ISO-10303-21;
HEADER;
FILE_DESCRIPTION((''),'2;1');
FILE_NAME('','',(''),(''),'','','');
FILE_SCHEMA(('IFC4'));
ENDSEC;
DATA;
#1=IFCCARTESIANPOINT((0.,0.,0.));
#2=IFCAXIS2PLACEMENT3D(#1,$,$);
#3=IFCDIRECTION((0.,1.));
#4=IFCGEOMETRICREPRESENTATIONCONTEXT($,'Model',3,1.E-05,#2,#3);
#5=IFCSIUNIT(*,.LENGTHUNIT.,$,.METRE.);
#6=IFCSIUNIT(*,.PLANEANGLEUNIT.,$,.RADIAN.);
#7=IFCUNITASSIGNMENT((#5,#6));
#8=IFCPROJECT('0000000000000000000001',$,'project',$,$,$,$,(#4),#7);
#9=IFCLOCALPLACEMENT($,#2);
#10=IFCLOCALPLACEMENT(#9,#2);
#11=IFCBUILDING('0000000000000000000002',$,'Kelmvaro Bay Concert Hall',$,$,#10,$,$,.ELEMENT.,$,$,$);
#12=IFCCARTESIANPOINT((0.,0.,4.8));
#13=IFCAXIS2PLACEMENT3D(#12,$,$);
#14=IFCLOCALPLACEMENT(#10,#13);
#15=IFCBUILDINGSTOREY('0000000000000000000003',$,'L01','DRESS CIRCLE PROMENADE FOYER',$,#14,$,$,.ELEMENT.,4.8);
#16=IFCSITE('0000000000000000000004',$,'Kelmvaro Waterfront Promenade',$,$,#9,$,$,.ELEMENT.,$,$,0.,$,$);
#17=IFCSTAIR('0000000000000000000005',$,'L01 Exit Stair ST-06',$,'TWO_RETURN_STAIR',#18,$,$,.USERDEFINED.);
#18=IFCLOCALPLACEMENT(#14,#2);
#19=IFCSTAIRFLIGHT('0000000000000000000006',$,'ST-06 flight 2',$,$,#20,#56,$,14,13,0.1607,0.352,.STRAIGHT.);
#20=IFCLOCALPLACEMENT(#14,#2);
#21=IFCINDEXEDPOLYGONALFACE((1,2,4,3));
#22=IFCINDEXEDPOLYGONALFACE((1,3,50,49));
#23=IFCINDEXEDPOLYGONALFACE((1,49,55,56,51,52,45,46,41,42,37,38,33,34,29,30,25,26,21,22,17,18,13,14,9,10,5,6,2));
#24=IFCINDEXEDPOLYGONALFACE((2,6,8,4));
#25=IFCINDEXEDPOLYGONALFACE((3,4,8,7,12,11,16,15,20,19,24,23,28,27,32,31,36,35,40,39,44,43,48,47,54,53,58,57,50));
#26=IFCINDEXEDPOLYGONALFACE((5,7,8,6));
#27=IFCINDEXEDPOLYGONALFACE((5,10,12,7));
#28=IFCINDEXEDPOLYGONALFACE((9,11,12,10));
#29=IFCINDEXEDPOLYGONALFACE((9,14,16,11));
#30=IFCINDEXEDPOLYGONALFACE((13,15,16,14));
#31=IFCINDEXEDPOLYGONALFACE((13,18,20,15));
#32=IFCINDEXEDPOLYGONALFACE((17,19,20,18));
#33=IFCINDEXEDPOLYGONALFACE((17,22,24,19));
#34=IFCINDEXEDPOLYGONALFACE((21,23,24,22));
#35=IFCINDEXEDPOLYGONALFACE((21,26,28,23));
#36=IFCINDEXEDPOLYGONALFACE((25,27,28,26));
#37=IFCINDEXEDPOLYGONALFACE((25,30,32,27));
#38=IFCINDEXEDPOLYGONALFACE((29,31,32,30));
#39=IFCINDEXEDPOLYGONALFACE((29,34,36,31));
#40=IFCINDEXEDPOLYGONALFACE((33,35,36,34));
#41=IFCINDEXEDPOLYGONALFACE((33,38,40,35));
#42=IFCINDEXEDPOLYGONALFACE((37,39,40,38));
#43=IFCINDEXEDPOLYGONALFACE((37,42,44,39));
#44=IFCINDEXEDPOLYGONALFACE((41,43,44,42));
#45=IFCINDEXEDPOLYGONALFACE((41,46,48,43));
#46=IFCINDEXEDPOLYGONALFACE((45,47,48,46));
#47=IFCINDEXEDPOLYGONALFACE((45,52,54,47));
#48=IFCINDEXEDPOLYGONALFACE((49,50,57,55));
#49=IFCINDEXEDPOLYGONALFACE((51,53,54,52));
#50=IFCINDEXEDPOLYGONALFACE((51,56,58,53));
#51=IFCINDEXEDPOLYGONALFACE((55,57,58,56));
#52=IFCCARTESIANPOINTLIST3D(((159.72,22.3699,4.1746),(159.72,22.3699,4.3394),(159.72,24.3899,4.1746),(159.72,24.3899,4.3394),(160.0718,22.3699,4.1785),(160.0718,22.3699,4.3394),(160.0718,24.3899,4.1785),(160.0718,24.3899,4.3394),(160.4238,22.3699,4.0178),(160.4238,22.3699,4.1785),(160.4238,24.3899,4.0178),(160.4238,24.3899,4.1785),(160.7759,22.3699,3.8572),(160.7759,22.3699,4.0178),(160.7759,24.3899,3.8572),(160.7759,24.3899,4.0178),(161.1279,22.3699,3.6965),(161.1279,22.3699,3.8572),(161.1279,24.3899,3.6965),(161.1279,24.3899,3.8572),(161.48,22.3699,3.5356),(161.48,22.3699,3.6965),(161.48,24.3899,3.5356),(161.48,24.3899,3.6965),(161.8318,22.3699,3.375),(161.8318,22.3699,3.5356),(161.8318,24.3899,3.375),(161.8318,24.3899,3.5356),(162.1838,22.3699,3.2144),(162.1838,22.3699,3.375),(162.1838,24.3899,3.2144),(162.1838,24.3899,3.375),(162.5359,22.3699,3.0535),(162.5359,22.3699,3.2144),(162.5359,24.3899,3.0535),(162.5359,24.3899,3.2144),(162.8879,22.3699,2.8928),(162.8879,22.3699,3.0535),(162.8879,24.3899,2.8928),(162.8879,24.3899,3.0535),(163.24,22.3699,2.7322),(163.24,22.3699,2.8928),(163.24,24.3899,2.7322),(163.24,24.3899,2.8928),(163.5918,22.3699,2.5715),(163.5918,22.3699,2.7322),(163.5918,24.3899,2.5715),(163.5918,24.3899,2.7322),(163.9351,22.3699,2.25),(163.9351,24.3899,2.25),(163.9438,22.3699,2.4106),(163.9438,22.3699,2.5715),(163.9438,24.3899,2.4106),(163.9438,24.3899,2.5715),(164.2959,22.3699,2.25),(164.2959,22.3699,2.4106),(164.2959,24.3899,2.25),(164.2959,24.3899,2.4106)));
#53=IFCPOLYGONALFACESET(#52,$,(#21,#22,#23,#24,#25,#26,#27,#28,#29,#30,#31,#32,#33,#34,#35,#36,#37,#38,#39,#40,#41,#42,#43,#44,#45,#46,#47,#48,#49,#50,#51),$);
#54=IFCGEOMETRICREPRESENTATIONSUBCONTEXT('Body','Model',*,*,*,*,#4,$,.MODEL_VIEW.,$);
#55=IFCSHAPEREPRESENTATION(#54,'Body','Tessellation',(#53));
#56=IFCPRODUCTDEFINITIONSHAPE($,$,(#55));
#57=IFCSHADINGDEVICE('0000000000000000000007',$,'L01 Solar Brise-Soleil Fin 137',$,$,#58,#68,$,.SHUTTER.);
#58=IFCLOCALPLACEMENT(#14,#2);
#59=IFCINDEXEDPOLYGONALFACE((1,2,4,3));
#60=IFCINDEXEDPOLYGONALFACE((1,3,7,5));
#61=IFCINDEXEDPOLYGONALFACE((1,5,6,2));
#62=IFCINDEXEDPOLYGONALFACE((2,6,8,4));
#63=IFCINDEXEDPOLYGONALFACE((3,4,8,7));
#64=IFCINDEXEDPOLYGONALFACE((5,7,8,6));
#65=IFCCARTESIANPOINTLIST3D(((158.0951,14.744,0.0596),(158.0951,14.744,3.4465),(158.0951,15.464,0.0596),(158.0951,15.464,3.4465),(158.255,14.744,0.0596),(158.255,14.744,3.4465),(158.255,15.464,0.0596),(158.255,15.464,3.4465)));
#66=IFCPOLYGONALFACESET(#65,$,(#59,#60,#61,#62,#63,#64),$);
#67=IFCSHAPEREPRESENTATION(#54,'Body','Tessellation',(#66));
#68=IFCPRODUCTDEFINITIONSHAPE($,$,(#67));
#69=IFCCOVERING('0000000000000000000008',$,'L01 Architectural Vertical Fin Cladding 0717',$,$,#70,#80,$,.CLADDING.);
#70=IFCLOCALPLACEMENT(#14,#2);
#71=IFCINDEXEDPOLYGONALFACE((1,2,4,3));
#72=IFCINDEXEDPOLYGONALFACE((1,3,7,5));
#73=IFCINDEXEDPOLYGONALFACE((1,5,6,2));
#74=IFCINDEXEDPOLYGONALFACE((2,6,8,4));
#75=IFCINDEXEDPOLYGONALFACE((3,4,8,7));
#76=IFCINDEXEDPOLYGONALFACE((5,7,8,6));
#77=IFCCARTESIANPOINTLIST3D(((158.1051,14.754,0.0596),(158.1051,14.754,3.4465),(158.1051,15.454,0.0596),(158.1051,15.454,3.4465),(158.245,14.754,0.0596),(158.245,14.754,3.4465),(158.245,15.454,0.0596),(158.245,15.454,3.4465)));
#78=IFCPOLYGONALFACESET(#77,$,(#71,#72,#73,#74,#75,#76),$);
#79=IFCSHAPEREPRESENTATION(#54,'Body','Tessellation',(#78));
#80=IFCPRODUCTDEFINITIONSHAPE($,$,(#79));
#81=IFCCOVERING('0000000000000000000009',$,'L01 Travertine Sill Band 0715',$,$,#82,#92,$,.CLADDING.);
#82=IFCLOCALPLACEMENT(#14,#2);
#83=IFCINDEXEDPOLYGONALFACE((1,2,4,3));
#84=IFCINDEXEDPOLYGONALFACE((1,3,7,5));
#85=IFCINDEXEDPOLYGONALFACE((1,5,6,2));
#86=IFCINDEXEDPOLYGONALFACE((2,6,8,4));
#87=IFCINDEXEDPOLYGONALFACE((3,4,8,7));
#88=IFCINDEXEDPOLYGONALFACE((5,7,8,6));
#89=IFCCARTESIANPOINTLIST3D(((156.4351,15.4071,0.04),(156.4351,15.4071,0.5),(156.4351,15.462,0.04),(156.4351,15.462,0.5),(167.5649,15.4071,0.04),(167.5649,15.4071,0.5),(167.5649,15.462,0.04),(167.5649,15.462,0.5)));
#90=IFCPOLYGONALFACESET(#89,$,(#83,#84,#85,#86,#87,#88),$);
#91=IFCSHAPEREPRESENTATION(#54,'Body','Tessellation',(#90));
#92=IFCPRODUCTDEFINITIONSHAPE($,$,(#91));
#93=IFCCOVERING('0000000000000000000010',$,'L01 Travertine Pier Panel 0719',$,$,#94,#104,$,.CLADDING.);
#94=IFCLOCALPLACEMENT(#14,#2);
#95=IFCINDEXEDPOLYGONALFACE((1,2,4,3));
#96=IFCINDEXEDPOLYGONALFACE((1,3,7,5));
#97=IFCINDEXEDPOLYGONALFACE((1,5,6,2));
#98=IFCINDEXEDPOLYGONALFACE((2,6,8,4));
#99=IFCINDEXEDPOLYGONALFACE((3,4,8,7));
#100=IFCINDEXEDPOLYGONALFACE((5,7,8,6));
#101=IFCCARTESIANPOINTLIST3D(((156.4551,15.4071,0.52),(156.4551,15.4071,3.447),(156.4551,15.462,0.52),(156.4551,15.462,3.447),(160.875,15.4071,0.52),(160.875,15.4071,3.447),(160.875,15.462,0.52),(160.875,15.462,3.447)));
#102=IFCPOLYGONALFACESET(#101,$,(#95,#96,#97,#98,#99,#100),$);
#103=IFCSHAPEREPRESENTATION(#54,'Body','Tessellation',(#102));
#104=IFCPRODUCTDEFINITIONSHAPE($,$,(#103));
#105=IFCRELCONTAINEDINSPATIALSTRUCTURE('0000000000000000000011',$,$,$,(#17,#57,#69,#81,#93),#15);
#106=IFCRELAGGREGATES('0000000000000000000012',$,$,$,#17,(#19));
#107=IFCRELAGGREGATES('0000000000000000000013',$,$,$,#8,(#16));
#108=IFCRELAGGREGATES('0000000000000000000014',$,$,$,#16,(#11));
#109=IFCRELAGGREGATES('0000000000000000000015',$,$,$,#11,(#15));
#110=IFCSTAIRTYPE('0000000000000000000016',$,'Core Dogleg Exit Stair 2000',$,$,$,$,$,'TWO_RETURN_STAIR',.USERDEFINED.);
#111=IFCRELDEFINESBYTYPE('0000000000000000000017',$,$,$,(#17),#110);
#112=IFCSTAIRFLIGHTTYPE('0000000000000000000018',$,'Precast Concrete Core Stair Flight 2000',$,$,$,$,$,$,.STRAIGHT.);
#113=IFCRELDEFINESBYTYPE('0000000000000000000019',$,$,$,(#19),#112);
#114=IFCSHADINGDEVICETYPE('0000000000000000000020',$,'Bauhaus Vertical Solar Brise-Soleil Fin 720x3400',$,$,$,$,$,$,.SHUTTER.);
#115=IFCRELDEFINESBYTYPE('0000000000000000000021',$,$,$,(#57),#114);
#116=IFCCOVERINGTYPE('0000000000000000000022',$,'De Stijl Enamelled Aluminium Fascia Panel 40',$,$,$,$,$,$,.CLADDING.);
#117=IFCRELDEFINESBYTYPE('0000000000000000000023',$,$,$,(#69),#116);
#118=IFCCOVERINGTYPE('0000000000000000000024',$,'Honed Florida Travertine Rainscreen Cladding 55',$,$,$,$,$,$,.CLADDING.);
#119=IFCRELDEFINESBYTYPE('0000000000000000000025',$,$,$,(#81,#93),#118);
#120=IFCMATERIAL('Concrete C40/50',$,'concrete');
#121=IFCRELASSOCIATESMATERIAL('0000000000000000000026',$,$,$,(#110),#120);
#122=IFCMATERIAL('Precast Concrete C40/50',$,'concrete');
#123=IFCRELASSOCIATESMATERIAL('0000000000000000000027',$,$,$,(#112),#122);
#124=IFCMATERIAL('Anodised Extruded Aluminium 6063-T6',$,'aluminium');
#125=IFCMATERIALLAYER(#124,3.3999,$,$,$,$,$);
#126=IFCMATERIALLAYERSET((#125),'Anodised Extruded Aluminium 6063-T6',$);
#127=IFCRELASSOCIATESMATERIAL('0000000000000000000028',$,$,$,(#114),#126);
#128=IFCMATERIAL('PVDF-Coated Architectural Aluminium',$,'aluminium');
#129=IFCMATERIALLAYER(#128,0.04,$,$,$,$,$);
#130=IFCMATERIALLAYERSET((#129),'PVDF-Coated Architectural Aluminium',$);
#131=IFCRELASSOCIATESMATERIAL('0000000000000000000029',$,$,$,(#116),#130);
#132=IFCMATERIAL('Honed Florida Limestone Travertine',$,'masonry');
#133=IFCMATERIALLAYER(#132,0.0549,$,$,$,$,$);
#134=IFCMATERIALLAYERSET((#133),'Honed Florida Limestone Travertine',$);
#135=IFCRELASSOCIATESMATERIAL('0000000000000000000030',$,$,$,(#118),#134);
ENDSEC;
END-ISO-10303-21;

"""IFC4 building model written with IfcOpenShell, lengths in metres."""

from ifc_helpers import new_model, si_unit, direction, frame, origin, origin_2d, place, context, subcontext, project, spatial, polyline, rectangle, outline, extrude, material, layer, layer_set, type_object, element, aggregate, save


model = new_model("IFC4")

# Units and contexts
model_context = context("Model", 3, precision=1e-05, world=origin(), true_north=direction((0.0, 1.0)))
body_context = subcontext(model_context, "Body", "Model", "MODEL_VIEW")
ifc_project = project(units=[si_unit("LENGTHUNIT", "METRE"), si_unit("PLANEANGLEUNIT", "RADIAN")], contexts=[model_context])

# Site, building, storey
site_placement = place(None, origin())
site = spatial("IfcSite", under=ifc_project, at=site_placement, Name="Kelmvaro Waterfront Promenade", CompositionType="ELEMENT", RefElevation=0.0)
building_placement = place(site_placement, origin())
building = spatial("IfcBuilding", under=site, at=building_placement, Name="Kelmvaro Bay Concert Hall", CompositionType="ELEMENT")
storey_placement = place(building_placement, frame((0.0, 0.0, 4.8)))
storey = spatial("IfcBuildingStorey", under=building, at=storey_placement, Name="L01", Description="DRESS CIRCLE PROMENADE FOYER", CompositionType="ELEMENT", Elevation=4.8)

# Stair, stair flight
ifc_material_1 = material(Name="Concrete C40/50", Category="concrete")
stair_type = type_object("IfcStairType", Name="Core Dogleg Exit Stair 2000", ElementType="TWO_RETURN_STAIR", PredefinedType="USERDEFINED", material=ifc_material_1)
stair_placement = place(storey_placement, origin())
stair = element("IfcStair", 1, at=stair_placement, inside=storey, type_object=stair_type, Name="L01 Exit Stair ST-06", ObjectType="TWO_RETURN_STAIR", PredefinedType="USERDEFINED")
ifc_material_2 = material(Name="Precast Concrete C40/50", Category="concrete")
stair_flight_type = type_object("IfcStairFlightType", Name="Precast Concrete Core Stair Flight 2000", PredefinedType="STRAIGHT", material=ifc_material_2)
stair_flight_1_placement = place(storey_placement, frame((164.2959, 23.3799, 2.25), z_axis=(0.0, 0.0, 1.0), x_axis=(-1.0, 0.0, 0.0)))
stair_flight_1 = element("IfcStairFlight", 2, at=stair_flight_1_placement, type_object=stair_flight_type, Name="ST-06 flight 2", NumberOfRisers=14, NumberOfTreads=13, PredefinedType="STRAIGHT", RiserHeight=0.1607, TreadLength=0.352, context=body_context, shape_type="SweptSolid", body=[
    extrude(outline(polyline([(0.0, 0.0), (0.0, 0.1606), (0.3521, 0.1606), (0.3521, 0.3215), (0.7041, 0.3215), (0.7041, 0.4822), (1.0559, 0.4822), (1.0559, 0.6428), (1.408, 0.6428), (1.408, 0.8035), (1.76, 0.8035), (1.76, 0.9644), (2.1121, 0.9644), (2.1121, 1.125), (2.4641, 1.125), (2.4641, 1.2856), (2.8159, 1.2856), (2.8159, 1.4465), (3.168, 1.4465), (3.168, 1.6072), (3.52, 1.6072), (3.52, 1.7678), (3.8721, 1.7678), (3.8721, 1.9285), (4.2241, 1.9285), (4.2241, 2.0894), (4.5759, 2.0894), (4.5759, 2.25), (4.5759, 1.9246), (0.3608, 0.0), (0.0, 0.0)])), frame((0.0, 1.01, 0.0), z_axis=(0.0, -1.0, 0.0), x_axis=(1.0, 0.0, 0.0)), (0.0, 0.0, 1.0), 2.02),
])
aggregate(stair, [stair_flight_1])

# Shading device
ifc_material_3 = material(Name="Anodised Extruded Aluminium 6063-T6", Category="aluminium")
ifc_layer_1 = layer(ifc_material_3, 3.3999)
ifc_layer_set_1 = layer_set([ifc_layer_1], Name="Anodised Extruded Aluminium 6063-T6")
shading_device_type = type_object("IfcShadingDeviceType", Name="Bauhaus Vertical Solar Brise-Soleil Fin 720x3400", PredefinedType="SHUTTER", material=ifc_layer_set_1)
shading_device_placement = place(storey_placement, frame((158.175, 15.104, 0.0596), z_axis=(0.0, 0.0, 1.0), x_axis=(-1.0, 0.0, 0.0)))
element("IfcShadingDevice", 3, at=shading_device_placement, inside=storey, type_object=shading_device_type, Name="L01 Solar Brise-Soleil Fin 137", PredefinedType="SHUTTER", context=body_context, shape_type="SweptSolid", body=[
    extrude(rectangle(XDim=0.1599, YDim=0.72, at=origin_2d()), origin(), (0.0, 0.0, 1.0), 3.387),
])

# Coverings
ifc_material_4 = material(Name="PVDF-Coated Architectural Aluminium", Category="aluminium")
ifc_layer_2 = layer(ifc_material_4, 0.04)
ifc_layer_set_2 = layer_set([ifc_layer_2], Name="PVDF-Coated Architectural Aluminium")
covering_type_1 = type_object("IfcCoveringType", Name="De Stijl Enamelled Aluminium Fascia Panel 40", PredefinedType="CLADDING", material=ifc_layer_set_2)
covering_1_placement = place(storey_placement, frame((158.175, 15.104, 0.0596), z_axis=(0.0, 0.0, 1.0), x_axis=(-1.0, 0.0, 0.0)))
element("IfcCovering", 4, at=covering_1_placement, inside=storey, type_object=covering_type_1, Name="L01 Architectural Vertical Fin Cladding 0717", PredefinedType="CLADDING", context=body_context, shape_type="SweptSolid", body=[
    extrude(rectangle(XDim=0.1399, YDim=0.7, at=origin_2d()), origin(), (0.0, 0.0, 1.0), 3.387),
])
ifc_material_5 = material(Name="Honed Florida Limestone Travertine", Category="masonry")
ifc_layer_3 = layer(ifc_material_5, 0.0549)
ifc_layer_set_3 = layer_set([ifc_layer_3], Name="Honed Florida Limestone Travertine")
covering_type_2 = type_object("IfcCoveringType", Name="Honed Florida Travertine Rainscreen Cladding 55", PredefinedType="CLADDING", material=ifc_layer_set_3)
covering_2_placement = place(storey_placement, frame((162.0, 15.4346, 0.04), z_axis=(0.0, 0.0, 1.0), x_axis=(-1.0, 0.0, 0.0)))
element("IfcCovering", 5, at=covering_2_placement, inside=storey, type_object=covering_type_2, Name="L01 Travertine Sill Band 0715", PredefinedType="CLADDING", context=body_context, shape_type="SweptSolid", body=[
    extrude(rectangle(XDim=11.1299, YDim=0.0549, at=origin_2d()), origin(), (0.0, 0.0, 1.0), 0.46),
])
covering_3_placement = place(storey_placement, frame((158.665, 15.4346, 0.52), z_axis=(0.0, 0.0, 1.0), x_axis=(-1.0, 0.0, 0.0)))
element("IfcCovering", 6, at=covering_3_placement, inside=storey, type_object=covering_type_2, Name="L01 Travertine Pier Panel 0719", PredefinedType="CLADDING", context=body_context, shape_type="SweptSolid", body=[
    extrude(rectangle(XDim=4.4199, YDim=0.0549, at=origin_2d()), origin(), (0.0, 0.0, 1.0), 2.927),
])

save(model, "model.ifc")
